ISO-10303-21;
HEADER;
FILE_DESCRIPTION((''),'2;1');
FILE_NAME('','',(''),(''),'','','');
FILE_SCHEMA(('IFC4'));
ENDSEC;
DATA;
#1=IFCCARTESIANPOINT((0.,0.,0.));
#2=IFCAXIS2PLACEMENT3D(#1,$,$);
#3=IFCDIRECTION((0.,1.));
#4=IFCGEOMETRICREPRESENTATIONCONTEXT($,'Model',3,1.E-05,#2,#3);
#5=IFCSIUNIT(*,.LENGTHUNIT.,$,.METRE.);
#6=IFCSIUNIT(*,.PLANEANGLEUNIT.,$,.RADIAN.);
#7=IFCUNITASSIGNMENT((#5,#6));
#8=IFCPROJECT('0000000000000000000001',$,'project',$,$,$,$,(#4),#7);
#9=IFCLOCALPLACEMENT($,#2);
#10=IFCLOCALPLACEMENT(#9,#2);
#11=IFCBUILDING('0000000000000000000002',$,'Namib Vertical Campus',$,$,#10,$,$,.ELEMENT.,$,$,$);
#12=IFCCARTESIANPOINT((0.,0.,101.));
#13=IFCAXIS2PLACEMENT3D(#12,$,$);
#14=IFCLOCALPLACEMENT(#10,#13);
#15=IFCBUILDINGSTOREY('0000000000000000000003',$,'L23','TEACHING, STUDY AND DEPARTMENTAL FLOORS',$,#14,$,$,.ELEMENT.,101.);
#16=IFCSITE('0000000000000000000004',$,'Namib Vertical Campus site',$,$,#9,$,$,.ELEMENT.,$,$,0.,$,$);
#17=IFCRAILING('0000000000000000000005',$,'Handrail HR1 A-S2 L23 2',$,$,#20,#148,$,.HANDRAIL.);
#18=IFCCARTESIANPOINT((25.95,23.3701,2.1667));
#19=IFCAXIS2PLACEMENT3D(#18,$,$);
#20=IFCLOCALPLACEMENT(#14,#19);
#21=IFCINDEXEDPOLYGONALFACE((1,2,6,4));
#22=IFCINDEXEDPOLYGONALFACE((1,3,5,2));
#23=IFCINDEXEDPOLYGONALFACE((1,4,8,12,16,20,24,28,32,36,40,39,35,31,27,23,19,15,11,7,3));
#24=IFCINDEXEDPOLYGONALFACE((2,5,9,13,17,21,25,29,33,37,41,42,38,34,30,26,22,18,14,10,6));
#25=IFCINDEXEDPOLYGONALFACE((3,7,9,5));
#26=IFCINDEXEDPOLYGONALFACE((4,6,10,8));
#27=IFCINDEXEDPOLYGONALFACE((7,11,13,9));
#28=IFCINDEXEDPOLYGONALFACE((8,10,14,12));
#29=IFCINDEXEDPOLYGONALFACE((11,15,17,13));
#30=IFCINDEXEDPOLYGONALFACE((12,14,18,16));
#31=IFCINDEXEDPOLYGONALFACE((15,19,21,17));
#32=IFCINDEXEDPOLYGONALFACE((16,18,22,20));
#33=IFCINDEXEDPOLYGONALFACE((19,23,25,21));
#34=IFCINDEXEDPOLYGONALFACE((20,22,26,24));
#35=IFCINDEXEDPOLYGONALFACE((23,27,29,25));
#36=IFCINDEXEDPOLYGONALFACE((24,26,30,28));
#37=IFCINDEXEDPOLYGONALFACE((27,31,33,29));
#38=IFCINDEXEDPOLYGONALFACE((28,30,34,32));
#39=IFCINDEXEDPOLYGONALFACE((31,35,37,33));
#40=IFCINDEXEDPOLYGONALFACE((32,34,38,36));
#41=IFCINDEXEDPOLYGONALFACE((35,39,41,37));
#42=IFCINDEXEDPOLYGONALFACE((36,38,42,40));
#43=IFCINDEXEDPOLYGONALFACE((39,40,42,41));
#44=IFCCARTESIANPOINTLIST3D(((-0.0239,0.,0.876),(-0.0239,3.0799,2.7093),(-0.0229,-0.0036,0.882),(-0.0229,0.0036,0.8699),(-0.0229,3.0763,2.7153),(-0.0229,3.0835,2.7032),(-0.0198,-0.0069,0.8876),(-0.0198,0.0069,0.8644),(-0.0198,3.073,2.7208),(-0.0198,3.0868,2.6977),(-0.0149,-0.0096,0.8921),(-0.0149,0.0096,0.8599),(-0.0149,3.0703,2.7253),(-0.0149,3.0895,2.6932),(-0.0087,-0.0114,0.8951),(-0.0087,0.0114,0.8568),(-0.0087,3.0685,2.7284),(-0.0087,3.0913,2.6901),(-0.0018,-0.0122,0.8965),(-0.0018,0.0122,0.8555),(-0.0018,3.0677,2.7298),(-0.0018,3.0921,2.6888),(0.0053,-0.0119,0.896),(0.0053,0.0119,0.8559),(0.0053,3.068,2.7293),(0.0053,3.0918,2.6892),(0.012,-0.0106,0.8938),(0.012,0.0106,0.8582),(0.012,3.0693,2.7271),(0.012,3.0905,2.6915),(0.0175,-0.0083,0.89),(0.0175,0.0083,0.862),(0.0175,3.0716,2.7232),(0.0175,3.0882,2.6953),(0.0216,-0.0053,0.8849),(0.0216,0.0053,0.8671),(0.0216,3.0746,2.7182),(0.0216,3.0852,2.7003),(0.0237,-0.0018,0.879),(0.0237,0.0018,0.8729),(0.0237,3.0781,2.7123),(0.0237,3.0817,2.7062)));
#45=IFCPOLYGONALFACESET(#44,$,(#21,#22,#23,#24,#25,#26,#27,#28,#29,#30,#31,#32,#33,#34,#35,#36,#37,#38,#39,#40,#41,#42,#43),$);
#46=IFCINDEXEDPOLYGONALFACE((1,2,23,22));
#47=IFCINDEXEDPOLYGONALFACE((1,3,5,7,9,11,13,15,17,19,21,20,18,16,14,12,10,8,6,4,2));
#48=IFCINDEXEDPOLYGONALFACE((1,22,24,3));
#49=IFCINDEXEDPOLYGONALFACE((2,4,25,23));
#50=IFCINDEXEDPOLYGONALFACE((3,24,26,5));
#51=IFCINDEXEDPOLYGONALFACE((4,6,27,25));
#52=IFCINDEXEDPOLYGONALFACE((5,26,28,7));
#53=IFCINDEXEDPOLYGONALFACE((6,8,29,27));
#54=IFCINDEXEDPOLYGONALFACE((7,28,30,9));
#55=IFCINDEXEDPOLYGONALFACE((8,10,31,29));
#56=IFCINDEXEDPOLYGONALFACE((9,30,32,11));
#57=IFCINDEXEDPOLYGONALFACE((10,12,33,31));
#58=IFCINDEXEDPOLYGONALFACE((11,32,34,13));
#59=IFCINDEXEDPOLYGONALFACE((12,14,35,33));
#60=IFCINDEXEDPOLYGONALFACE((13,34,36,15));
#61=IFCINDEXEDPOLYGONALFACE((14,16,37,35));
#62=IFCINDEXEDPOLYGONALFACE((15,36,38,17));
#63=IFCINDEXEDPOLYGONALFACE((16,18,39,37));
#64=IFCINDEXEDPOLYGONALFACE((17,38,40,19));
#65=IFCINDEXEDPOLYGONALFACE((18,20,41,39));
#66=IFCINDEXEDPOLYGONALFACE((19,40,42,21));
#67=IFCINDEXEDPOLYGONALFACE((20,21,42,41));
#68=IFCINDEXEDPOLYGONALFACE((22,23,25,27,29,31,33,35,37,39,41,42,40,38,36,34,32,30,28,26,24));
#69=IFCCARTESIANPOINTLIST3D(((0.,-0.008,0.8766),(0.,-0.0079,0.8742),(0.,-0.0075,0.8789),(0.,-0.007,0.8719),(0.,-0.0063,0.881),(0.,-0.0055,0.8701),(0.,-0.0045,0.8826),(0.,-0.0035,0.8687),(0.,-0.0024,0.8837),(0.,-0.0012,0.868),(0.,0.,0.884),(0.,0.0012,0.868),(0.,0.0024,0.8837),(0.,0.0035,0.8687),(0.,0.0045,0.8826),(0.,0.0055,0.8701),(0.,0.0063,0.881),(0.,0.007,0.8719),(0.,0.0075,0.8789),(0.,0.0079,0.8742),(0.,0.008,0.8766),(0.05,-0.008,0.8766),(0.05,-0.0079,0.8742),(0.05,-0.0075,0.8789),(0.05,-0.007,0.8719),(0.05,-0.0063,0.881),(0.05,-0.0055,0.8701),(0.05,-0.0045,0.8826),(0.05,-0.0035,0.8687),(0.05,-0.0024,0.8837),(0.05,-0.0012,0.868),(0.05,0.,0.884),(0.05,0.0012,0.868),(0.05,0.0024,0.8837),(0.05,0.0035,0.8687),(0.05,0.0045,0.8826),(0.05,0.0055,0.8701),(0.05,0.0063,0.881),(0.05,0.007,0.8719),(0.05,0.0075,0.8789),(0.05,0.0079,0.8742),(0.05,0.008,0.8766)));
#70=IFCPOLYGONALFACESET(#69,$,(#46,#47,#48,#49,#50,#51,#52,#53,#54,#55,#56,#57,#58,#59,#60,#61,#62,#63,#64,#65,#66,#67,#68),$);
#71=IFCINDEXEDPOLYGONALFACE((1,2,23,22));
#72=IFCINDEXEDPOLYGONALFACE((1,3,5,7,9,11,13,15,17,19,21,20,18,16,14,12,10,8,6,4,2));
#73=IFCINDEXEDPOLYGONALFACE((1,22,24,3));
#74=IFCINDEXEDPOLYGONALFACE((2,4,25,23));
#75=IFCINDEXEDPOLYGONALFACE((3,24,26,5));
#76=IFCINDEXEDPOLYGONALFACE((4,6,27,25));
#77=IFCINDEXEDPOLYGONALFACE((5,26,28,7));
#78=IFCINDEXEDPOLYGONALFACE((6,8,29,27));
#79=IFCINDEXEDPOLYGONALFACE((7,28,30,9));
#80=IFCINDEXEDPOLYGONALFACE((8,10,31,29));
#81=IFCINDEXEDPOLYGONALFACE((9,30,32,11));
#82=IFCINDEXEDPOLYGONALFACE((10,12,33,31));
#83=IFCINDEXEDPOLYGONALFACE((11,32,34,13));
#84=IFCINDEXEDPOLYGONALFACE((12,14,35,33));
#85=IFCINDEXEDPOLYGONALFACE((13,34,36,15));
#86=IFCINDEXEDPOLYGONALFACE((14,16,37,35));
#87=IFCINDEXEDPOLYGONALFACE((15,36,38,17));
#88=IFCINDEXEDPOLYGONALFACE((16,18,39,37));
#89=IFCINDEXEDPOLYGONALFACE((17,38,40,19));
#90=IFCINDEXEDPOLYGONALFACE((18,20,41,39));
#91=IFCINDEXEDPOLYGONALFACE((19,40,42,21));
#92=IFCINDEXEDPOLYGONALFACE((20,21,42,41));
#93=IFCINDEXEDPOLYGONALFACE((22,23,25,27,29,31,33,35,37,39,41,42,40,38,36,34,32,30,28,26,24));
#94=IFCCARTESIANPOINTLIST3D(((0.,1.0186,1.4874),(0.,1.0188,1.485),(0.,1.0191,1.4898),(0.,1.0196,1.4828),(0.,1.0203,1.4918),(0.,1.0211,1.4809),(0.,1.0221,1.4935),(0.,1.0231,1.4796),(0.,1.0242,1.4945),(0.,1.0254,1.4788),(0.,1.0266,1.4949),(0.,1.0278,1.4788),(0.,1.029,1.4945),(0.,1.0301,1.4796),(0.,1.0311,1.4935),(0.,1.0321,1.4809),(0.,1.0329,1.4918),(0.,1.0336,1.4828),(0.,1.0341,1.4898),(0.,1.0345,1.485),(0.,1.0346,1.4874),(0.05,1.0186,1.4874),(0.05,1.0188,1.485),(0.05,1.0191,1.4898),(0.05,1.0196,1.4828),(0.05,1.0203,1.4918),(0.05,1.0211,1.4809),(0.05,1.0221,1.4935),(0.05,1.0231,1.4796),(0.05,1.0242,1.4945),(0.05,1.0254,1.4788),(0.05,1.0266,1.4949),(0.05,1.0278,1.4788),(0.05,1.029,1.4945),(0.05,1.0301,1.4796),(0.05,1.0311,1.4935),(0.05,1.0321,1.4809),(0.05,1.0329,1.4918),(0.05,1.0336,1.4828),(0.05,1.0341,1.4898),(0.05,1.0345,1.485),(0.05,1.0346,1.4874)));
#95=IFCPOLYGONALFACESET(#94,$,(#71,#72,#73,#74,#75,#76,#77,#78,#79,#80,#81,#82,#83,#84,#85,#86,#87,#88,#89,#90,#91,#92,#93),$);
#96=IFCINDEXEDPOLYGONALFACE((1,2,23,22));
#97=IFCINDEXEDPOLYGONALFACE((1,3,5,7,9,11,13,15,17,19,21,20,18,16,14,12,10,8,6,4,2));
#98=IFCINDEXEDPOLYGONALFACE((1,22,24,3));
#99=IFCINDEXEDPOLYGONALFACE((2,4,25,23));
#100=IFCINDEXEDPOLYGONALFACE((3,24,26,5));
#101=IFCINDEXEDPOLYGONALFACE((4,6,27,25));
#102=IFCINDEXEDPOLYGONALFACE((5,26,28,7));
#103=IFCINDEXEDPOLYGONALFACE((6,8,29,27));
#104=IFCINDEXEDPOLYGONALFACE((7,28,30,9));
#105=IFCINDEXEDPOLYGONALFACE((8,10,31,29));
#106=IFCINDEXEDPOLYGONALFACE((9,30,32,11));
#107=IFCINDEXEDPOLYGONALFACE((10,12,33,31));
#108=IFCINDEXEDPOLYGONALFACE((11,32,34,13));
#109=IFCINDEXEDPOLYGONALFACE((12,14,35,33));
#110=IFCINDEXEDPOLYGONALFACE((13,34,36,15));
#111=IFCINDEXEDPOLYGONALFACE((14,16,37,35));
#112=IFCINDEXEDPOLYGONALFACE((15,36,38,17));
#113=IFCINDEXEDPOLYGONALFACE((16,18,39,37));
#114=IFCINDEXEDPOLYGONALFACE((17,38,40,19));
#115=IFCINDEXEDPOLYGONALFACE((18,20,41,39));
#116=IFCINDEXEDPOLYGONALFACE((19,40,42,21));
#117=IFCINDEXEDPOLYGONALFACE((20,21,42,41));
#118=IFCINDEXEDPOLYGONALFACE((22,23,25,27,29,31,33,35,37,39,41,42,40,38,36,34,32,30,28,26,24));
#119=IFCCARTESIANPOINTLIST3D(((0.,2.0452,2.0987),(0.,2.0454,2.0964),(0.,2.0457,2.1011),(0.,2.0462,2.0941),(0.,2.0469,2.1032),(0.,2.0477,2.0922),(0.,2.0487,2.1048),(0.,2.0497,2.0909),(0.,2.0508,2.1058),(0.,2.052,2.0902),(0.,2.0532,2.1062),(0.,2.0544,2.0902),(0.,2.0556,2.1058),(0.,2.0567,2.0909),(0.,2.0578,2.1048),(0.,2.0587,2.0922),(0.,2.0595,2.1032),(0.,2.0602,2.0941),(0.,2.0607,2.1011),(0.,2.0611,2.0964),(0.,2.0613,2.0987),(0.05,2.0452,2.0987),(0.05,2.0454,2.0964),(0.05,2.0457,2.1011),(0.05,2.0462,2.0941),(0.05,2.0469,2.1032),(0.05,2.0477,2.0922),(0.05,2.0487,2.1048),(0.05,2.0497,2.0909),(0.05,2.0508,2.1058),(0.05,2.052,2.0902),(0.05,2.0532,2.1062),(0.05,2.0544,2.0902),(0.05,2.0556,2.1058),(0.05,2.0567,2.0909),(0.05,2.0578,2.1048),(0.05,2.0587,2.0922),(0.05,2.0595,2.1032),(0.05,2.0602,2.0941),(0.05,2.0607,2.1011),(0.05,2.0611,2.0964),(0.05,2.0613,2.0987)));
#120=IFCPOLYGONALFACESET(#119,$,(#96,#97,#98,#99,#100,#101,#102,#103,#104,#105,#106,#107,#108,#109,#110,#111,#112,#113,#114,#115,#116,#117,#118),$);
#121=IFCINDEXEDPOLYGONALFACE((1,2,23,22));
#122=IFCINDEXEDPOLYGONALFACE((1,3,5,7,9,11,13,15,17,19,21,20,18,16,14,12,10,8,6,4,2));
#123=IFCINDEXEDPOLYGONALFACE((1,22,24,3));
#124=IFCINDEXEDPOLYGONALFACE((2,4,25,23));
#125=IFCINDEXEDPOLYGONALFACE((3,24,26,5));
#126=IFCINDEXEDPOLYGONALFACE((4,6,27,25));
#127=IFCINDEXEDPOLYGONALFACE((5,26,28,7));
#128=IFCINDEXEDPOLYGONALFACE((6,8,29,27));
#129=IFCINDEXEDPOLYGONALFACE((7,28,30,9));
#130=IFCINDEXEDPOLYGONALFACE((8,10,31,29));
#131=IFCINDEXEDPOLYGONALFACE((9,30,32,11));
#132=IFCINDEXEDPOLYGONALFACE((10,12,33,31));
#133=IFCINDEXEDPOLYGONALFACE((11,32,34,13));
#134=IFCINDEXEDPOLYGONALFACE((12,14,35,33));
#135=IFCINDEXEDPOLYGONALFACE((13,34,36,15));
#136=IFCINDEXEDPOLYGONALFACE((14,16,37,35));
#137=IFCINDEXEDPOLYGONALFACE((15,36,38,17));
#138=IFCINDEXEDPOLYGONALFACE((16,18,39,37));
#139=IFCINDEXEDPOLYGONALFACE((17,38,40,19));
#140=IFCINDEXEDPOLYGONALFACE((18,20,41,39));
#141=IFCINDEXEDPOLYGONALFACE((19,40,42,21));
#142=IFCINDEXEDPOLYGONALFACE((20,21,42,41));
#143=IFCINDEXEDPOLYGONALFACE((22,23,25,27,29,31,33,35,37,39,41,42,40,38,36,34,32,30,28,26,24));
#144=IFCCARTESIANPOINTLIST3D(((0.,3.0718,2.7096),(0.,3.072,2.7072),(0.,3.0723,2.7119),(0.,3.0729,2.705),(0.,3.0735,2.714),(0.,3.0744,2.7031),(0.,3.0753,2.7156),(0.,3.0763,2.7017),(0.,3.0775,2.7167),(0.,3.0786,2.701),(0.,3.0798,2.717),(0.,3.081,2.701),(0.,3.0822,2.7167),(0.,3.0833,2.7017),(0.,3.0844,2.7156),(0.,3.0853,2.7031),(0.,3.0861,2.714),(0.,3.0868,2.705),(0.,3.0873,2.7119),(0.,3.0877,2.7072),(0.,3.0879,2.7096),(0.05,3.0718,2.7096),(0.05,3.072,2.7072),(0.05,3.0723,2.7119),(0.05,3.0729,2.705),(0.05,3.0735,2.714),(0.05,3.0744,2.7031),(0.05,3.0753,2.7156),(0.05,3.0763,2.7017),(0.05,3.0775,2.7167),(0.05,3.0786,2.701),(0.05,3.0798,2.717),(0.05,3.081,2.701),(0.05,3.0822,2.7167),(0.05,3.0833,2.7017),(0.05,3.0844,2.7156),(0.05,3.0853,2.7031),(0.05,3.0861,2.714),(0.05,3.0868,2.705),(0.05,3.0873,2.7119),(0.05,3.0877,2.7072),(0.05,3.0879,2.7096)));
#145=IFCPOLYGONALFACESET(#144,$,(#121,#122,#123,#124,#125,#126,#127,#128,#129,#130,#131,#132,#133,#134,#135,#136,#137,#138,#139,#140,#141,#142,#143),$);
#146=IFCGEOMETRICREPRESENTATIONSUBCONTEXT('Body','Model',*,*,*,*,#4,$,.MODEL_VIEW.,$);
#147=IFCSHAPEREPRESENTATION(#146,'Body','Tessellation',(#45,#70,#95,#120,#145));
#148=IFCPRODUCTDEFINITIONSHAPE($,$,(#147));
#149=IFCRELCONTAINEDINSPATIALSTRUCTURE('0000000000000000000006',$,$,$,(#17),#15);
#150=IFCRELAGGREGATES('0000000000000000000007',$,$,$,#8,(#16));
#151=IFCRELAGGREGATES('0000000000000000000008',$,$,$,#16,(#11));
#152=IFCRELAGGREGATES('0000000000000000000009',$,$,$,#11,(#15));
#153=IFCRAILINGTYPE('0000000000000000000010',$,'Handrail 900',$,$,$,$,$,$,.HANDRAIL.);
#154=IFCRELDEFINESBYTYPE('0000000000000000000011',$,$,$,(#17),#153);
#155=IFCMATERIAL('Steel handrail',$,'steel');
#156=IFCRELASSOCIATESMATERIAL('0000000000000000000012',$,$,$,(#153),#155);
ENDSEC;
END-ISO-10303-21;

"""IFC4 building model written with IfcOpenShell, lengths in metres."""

from ifc_helpers import new_model, si_unit, direction, frame, origin, origin_2d, place, context, subcontext, project, spatial, circle, extrude, material, type_object, element, save


model = new_model("IFC4")

# Units and contexts
model_context = context("Model", 3, precision=1e-05, world=origin(), true_north=direction((0.0, 1.0)))
body_context = subcontext(model_context, "Body", "Model", "MODEL_VIEW")
ifc_project = project(units=[si_unit("LENGTHUNIT", "METRE"), si_unit("PLANEANGLEUNIT", "RADIAN")], contexts=[model_context])

# Site, building, storey
site_placement = place(None, origin())
site = spatial("IfcSite", under=ifc_project, at=site_placement, Name="Namib Vertical Campus site", CompositionType="ELEMENT", RefElevation=0.0)
building_placement = place(site_placement, origin())
building = spatial("IfcBuilding", under=site, at=building_placement, Name="Namib Vertical Campus", CompositionType="ELEMENT")
storey_placement = place(building_placement, frame((0.0, 0.0, 101.0)))
storey = spatial("IfcBuildingStorey", under=building, at=storey_placement, Name="L23", Description="TEACHING, STUDY AND DEPARTMENTAL FLOORS", CompositionType="ELEMENT", Elevation=101.0)

# Railing
ifc_material_1 = material(Name="Steel handrail", Category="steel")
railing_type_1 = type_object("IfcRailingType", Name="Handrail 900", PredefinedType="HANDRAIL", material=ifc_material_1)
railing_1_placement = place(storey_placement, frame((25.95, 23.3701, 2.1667)))
element("IfcRailing", 1, at=railing_1_placement, inside=storey, type_object=railing_type_1, Name="Handrail HR1 A-S2 L23 2", PredefinedType="HANDRAIL", context=body_context, shape_type="SweptSolid", body=[
    extrude(circle(Radius=0.0239, at=origin_2d()), frame((0.0, 0.0, 0.876), z_axis=(0.0, 0.859291, 0.511487), x_axis=(-1.0, 0.0, 0.0)), (0.0, 0.0, 1.0), 3.5842),
    extrude(circle(Radius=0.0081, at=origin_2d()), frame((0.0, 0.0, 0.876), z_axis=(1.0, 0.0, 0.0), x_axis=(0.0, 0.0, 1.0)), (0.0, 0.0, 1.0), 0.05),
    extrude(circle(Radius=0.0081, at=origin_2d()), frame((0.0, 1.0266, 1.4868), z_axis=(1.0, 0.0, 0.0), x_axis=(0.0, 0.0, 1.0)), (0.0, 0.0, 1.0), 0.05),
    extrude(circle(Radius=0.0081, at=origin_2d()), frame((0.0, 2.0532, 2.0981), z_axis=(1.0, 0.0, 0.0), x_axis=(0.0, 0.0, 1.0)), (0.0, 0.0, 1.0), 0.05),
    extrude(circle(Radius=0.0081, at=origin_2d()), frame((0.0, 3.0798, 2.709), z_axis=(1.0, 0.0, 0.0), x_axis=(0.0, 0.0, 1.0)), (0.0, 0.0, 1.0), 0.05),
])

save(model, "model.ifc")
